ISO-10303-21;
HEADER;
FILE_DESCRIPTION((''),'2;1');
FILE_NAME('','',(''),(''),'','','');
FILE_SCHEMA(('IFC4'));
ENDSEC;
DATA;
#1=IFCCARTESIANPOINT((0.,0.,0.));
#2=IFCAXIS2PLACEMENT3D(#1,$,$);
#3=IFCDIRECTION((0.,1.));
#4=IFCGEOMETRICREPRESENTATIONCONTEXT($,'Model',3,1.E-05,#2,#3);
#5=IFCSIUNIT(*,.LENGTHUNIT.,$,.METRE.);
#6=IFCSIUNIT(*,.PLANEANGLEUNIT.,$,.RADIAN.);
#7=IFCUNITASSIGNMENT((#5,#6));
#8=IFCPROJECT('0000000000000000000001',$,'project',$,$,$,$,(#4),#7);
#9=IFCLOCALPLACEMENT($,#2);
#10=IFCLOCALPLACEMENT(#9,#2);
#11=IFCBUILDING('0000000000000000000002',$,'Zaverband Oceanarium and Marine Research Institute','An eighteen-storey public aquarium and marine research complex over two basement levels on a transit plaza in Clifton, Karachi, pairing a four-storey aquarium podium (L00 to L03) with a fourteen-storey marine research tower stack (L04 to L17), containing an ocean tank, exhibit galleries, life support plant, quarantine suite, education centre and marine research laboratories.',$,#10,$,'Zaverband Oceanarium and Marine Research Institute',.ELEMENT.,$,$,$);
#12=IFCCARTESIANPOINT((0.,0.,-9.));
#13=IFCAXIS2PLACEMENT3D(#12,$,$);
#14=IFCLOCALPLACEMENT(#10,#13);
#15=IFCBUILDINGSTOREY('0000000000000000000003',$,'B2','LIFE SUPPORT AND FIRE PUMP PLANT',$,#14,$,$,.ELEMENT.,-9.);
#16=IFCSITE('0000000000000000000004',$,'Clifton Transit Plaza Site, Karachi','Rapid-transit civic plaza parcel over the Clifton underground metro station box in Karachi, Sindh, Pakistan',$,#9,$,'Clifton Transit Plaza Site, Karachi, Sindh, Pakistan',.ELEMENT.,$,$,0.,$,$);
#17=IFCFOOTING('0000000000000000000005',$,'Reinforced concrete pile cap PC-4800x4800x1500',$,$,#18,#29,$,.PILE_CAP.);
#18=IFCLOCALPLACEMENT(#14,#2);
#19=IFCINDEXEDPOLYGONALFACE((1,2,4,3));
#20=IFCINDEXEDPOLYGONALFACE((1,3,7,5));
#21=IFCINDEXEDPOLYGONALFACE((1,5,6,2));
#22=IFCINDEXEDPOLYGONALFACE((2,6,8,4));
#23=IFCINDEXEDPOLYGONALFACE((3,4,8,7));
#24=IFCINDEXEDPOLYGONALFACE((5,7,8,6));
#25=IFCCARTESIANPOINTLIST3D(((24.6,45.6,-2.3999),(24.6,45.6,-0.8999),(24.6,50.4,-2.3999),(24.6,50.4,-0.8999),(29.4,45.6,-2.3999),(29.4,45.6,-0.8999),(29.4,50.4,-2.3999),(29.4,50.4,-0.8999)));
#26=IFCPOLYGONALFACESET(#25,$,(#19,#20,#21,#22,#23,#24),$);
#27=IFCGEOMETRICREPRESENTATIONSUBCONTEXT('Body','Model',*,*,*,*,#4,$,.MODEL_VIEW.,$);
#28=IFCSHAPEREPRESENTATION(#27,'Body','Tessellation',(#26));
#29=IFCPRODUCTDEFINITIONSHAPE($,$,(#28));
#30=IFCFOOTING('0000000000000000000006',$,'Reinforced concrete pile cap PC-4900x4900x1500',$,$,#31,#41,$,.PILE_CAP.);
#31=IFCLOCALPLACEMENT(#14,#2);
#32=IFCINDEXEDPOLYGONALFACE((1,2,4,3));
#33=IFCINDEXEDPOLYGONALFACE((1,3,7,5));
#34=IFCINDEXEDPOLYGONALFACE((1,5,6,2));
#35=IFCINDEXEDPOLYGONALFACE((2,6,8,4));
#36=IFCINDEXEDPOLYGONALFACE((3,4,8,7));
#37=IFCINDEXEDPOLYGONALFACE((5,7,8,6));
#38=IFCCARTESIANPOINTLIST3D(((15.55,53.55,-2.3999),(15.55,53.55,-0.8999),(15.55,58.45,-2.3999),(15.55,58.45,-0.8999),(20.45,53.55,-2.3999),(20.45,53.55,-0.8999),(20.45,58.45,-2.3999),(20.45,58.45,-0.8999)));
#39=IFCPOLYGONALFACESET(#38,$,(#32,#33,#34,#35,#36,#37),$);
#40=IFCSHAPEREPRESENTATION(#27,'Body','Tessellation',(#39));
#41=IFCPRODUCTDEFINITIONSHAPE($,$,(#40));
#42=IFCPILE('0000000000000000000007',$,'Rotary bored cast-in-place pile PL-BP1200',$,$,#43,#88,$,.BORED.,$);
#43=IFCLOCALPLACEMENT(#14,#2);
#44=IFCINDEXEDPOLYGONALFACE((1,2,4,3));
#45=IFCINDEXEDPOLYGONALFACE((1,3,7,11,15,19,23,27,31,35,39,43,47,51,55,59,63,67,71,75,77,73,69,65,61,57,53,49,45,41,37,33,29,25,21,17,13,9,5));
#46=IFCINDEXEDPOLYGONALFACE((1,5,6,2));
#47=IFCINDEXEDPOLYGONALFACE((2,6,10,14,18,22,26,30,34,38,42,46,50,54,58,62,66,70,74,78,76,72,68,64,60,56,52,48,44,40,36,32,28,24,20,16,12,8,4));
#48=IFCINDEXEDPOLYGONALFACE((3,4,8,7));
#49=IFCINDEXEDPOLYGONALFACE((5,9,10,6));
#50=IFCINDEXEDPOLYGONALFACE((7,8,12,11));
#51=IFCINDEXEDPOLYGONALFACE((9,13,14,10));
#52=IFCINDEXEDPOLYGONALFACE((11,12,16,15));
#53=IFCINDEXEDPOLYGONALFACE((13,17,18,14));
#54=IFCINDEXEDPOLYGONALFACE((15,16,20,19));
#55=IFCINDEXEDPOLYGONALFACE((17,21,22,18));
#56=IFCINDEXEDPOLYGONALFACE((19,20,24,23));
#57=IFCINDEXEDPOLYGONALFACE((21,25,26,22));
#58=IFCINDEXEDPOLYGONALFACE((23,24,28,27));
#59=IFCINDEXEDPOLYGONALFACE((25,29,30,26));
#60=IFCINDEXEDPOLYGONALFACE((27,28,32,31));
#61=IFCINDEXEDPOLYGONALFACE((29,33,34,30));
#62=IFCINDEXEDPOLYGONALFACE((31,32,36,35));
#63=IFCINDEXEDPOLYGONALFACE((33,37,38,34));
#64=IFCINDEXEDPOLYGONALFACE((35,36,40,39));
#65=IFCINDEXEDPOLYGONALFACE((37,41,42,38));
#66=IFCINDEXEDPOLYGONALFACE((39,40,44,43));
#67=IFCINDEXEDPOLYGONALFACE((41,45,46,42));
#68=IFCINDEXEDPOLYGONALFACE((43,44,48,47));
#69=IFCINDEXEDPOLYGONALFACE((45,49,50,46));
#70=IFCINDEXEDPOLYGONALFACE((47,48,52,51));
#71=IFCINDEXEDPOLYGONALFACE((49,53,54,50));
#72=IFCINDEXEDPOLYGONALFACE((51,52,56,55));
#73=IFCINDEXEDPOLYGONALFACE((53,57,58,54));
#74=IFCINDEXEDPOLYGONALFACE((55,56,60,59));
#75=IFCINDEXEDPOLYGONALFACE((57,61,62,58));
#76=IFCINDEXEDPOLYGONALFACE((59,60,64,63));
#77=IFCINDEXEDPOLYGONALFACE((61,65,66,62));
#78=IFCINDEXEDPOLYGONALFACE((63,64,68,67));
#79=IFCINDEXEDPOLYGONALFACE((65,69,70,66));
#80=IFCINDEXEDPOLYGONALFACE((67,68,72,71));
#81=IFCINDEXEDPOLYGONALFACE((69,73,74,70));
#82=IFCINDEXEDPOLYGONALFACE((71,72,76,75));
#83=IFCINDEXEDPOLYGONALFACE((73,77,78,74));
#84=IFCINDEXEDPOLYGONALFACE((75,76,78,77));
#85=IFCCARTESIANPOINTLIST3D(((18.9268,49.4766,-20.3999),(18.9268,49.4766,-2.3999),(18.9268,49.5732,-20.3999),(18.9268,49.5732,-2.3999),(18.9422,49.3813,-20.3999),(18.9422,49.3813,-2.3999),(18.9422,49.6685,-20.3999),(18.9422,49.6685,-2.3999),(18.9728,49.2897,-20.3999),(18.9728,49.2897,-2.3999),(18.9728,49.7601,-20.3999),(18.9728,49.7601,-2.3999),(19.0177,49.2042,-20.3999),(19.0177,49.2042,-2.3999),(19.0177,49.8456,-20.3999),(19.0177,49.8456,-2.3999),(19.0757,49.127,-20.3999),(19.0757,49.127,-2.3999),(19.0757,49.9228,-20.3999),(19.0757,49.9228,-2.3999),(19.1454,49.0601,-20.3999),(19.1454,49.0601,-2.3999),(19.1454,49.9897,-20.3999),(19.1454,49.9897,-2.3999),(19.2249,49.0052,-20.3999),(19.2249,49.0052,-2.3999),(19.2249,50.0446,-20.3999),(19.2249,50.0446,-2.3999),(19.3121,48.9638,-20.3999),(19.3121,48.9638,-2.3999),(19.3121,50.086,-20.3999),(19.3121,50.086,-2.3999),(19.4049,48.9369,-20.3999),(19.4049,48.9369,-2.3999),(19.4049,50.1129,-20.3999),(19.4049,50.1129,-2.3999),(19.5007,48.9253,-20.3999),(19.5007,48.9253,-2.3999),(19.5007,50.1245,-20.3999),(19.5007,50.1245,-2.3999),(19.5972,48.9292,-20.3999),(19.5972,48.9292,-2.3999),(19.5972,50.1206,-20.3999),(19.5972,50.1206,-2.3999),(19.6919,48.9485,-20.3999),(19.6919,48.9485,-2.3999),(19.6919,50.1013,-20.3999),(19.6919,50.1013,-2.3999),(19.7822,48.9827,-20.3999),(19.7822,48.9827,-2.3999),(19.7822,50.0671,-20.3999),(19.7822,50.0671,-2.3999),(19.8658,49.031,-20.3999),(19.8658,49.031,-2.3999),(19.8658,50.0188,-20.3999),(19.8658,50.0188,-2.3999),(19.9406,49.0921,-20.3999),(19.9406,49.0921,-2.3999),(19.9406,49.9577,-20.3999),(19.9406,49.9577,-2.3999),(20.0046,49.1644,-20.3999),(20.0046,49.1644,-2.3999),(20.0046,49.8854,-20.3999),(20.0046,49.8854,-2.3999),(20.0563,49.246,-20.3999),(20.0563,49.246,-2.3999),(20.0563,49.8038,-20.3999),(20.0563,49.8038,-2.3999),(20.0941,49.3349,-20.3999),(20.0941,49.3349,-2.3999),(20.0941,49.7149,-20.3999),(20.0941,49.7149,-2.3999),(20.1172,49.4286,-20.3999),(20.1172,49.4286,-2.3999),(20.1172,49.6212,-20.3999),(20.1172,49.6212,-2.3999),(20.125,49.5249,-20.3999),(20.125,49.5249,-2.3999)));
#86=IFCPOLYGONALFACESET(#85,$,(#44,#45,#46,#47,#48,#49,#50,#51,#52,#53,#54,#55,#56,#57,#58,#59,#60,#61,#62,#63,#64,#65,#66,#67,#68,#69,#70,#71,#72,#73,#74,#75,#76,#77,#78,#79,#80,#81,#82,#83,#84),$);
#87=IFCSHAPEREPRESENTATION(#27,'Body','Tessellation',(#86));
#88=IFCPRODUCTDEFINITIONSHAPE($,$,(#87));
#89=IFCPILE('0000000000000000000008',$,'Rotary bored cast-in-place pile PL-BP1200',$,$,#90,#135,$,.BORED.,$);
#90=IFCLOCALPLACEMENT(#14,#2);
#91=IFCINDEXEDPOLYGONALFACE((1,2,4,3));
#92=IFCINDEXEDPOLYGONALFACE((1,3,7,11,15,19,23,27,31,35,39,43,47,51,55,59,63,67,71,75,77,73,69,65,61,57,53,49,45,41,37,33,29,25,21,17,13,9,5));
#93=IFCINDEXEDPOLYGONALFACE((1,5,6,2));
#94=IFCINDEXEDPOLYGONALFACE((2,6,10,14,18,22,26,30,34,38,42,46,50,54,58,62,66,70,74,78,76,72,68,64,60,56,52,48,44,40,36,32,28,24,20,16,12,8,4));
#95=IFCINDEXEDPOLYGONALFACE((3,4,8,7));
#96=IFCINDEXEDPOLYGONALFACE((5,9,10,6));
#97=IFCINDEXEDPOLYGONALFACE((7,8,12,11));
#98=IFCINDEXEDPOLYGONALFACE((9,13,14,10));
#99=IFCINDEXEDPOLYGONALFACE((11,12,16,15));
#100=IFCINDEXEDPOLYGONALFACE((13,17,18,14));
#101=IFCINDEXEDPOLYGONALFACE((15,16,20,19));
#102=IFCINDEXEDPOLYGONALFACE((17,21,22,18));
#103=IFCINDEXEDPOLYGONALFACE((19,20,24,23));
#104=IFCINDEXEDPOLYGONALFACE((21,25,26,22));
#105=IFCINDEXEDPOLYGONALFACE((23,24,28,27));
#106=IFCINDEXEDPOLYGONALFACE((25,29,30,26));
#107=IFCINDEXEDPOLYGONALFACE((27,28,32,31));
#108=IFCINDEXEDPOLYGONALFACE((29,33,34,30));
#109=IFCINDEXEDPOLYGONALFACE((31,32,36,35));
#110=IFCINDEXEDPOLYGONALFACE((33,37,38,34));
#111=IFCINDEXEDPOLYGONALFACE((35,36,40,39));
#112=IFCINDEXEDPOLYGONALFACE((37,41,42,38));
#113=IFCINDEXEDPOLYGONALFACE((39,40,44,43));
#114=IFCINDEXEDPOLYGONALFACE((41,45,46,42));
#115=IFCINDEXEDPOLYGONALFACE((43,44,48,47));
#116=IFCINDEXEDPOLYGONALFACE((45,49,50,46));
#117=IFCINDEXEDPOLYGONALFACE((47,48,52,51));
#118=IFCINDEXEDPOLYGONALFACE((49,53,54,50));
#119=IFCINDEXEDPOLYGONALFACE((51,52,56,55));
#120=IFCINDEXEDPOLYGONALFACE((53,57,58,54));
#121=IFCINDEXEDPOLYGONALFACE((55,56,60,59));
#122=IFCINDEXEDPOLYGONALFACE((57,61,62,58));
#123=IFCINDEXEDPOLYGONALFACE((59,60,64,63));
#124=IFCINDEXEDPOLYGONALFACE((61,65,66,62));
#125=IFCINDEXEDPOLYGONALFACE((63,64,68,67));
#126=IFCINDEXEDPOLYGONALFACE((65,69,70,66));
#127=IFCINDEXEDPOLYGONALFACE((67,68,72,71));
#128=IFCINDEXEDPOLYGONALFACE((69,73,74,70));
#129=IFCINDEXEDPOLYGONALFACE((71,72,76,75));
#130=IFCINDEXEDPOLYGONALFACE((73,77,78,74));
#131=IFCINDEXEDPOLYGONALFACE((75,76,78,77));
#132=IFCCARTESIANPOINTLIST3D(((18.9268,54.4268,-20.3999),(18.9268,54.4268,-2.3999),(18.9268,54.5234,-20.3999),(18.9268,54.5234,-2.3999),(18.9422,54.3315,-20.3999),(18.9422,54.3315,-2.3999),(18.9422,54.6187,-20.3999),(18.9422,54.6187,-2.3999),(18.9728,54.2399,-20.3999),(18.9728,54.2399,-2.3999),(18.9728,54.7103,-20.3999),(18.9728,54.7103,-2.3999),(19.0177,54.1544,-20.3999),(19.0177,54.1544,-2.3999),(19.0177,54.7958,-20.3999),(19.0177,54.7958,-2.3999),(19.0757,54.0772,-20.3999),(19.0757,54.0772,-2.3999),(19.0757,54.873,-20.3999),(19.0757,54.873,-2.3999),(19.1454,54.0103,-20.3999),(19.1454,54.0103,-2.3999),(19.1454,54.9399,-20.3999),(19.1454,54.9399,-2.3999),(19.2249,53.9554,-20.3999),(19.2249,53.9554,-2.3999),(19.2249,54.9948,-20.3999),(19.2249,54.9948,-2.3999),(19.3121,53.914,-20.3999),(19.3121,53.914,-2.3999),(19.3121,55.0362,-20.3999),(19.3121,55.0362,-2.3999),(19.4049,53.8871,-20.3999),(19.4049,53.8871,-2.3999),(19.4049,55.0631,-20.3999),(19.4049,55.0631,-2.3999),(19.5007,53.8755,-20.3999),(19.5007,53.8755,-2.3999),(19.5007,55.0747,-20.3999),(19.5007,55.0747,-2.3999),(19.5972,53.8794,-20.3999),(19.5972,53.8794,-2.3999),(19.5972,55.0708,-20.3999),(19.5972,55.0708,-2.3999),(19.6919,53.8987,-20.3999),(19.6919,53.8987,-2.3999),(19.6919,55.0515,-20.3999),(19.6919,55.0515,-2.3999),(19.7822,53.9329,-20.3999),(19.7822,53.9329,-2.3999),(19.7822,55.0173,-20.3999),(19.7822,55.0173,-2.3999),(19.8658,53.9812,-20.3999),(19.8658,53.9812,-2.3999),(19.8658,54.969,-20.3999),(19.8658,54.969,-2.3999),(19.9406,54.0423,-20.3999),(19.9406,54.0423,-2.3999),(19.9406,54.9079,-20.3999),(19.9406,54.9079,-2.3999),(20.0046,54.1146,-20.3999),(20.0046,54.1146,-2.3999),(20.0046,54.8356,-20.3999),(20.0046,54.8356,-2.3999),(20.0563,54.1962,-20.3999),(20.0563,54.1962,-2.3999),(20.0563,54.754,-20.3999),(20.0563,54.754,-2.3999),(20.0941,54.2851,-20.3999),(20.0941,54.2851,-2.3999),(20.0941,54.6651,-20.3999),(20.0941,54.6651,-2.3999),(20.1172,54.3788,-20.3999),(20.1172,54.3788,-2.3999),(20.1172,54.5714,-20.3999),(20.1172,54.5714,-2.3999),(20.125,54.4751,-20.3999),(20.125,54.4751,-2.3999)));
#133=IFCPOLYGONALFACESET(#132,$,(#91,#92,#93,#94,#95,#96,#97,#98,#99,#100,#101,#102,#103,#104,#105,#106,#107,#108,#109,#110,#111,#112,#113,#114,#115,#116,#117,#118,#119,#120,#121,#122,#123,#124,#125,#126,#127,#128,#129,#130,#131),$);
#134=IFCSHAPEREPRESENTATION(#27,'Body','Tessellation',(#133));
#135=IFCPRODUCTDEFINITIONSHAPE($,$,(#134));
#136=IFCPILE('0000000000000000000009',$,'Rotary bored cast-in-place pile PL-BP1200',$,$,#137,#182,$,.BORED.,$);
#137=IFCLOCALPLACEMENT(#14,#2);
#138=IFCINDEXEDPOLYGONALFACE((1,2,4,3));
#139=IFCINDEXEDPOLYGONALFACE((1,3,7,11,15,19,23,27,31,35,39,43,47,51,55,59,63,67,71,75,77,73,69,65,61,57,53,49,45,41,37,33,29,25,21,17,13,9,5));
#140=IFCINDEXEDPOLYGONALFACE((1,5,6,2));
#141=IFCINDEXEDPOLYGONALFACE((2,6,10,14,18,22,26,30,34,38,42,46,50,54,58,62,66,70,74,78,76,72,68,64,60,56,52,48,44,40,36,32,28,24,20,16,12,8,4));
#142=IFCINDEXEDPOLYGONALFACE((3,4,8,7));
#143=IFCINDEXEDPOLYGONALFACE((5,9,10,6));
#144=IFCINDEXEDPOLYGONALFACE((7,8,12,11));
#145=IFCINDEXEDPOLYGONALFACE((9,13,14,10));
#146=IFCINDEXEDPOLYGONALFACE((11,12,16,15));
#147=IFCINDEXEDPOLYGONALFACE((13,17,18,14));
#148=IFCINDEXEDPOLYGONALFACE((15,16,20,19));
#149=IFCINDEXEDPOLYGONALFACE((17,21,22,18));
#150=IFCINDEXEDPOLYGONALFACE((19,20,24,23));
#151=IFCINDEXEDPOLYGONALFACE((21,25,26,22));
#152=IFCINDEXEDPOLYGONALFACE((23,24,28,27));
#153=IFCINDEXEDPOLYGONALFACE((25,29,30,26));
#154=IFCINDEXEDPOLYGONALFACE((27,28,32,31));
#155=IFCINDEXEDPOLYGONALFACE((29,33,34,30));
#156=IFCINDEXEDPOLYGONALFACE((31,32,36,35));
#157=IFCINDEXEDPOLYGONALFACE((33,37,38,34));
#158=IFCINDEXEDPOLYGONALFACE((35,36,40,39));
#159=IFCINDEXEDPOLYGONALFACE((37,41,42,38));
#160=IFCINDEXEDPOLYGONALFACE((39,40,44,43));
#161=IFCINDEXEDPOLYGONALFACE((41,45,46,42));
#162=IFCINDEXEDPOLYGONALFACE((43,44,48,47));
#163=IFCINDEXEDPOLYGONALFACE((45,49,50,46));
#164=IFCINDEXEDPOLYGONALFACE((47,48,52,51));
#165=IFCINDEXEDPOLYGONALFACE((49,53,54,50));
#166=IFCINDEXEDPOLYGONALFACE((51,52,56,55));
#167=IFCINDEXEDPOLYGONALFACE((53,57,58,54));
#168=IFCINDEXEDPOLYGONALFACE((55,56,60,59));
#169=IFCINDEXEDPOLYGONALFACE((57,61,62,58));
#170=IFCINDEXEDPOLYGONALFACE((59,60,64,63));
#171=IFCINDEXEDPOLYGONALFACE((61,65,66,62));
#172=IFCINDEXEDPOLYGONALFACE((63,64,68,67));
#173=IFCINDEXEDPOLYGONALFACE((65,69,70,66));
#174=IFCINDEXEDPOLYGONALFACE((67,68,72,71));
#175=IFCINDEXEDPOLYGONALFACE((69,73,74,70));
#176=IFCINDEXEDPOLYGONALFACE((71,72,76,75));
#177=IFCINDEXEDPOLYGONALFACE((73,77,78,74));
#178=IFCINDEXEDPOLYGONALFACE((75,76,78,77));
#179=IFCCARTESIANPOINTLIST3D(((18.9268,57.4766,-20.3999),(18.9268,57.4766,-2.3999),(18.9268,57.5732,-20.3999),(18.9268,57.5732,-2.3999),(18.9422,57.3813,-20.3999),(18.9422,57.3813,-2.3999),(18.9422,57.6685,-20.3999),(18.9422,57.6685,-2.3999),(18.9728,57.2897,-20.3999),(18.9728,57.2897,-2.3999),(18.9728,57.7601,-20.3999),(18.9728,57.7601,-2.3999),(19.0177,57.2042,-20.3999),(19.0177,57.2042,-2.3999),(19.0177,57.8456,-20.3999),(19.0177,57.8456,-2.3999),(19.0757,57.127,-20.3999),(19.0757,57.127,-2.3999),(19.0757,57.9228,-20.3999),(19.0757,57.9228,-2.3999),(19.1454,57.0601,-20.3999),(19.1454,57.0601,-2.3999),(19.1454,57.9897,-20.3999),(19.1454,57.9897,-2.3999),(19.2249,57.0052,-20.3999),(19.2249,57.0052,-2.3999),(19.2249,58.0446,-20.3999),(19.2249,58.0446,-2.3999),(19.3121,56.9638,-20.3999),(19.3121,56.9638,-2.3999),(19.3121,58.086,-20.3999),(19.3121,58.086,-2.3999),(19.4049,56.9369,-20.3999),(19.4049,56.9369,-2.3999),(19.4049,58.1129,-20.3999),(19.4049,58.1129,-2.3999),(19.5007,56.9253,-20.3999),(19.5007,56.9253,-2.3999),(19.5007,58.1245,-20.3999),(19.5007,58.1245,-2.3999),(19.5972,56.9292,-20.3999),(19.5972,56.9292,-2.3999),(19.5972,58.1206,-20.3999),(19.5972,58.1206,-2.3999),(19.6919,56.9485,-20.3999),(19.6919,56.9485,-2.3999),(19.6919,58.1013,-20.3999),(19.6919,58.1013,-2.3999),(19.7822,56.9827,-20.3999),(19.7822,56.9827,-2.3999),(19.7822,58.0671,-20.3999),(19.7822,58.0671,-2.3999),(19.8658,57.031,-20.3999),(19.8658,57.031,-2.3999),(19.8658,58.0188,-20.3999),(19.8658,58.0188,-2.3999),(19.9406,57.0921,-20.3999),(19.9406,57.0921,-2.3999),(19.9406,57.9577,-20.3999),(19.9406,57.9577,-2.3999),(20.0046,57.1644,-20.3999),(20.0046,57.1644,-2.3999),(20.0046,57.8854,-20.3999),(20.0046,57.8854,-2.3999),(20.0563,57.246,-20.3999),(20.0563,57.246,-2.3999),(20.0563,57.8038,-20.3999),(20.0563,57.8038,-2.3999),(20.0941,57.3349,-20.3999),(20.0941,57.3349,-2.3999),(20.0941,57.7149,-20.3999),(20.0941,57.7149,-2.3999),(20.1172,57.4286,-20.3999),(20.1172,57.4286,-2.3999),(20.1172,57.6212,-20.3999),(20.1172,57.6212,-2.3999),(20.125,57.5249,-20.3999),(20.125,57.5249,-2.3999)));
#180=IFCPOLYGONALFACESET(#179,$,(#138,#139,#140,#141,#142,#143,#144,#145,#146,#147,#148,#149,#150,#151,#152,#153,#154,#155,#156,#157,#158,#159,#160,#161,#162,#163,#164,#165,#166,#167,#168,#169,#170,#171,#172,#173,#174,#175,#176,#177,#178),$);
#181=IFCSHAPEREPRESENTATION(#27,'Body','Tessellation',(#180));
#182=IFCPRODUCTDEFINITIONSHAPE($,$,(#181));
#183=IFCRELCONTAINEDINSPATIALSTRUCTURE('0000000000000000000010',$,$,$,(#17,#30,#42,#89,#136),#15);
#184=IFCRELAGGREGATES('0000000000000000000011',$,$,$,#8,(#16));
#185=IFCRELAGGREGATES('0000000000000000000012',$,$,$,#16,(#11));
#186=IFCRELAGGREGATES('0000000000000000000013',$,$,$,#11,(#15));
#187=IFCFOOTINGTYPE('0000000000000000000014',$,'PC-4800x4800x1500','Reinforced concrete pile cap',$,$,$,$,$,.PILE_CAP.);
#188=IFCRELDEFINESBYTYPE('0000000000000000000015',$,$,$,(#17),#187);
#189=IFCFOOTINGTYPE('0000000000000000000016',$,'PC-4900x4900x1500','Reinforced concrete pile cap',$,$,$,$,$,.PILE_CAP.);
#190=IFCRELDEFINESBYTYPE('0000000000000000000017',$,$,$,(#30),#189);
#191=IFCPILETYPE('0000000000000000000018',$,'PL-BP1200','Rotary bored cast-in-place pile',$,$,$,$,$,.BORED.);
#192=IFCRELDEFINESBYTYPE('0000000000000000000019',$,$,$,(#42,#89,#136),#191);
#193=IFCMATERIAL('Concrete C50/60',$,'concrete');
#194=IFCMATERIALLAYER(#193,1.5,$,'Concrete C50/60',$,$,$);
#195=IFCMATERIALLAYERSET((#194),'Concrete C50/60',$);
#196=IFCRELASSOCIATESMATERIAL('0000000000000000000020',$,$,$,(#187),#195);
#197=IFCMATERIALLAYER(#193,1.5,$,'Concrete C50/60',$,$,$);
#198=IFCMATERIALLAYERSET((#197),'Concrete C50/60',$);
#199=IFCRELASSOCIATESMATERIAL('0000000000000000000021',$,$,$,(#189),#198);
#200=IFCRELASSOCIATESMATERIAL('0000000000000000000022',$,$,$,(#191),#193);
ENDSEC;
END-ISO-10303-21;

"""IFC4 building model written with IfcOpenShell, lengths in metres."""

from ifc_helpers import new_model, si_unit, direction, frame, origin, origin_2d, place, context, subcontext, project, spatial, rectangle, circle, extrude, material, layer, layer_set, material_profile, profile_set, type_object, element, save


model = new_model("IFC4")

# Units and contexts
model_context = context("Model", 3, precision=1e-05, world=origin(), true_north=direction((0.0, 1.0)))
body_context = subcontext(model_context, "Body", "Model", "MODEL_VIEW")
ifc_project = project(units=[si_unit("LENGTHUNIT", "METRE"), si_unit("PLANEANGLEUNIT", "RADIAN")], contexts=[model_context])

# Site, building, storey
site_placement = place(None, origin())
site = spatial("IfcSite", under=ifc_project, at=site_placement, Name="Clifton Transit Plaza Site, Karachi", Description="Rapid-transit civic plaza parcel over the Clifton underground metro station box in Karachi, Sindh, Pakistan", LongName="Clifton Transit Plaza Site, Karachi, Sindh, Pakistan", CompositionType="ELEMENT", RefElevation=0.0)
building_placement = place(site_placement, origin())
building = spatial("IfcBuilding", under=site, at=building_placement, Name="Zaverband Oceanarium and Marine Research Institute", Description="An eighteen-storey public aquarium and marine research complex over two basement levels on a transit plaza in Clifton, Karachi, pairing a four-storey aquarium podium (L00 to L03) with a fourteen-storey marine research tower stack (L04 to L17), containing an ocean tank, exhibit galleries, life support plant, quarantine suite, education centre and marine research laboratories.", LongName="Zaverband Oceanarium and Marine Research Institute", CompositionType="ELEMENT")
storey_placement = place(building_placement, frame((0.0, 0.0, -9.0)))
storey = spatial("IfcBuildingStorey", under=building, at=storey_placement, Name="B2", Description="LIFE SUPPORT AND FIRE PUMP PLANT", CompositionType="ELEMENT", Elevation=-9.0)

# Footings
ifc_material_1 = material(Name="Concrete C50/60", Category="concrete")
ifc_layer_1 = layer(ifc_material_1, 1.5, Name="Concrete C50/60")
ifc_layer_set_1 = layer_set([ifc_layer_1], Name="Concrete C50/60")
footing_type_1 = type_object("IfcFootingType", Name="PC-4800x4800x1500", Description="Reinforced concrete pile cap", PredefinedType="PILE_CAP", material=ifc_layer_set_1)
footing_1_placement = place(storey_placement, frame((27.0, 48.0, -2.3999), z_axis=(0.0, 0.0, 1.0), x_axis=(1.0, 0.0, 0.0)))
element("IfcFooting", 1, at=footing_1_placement, inside=storey, type_object=footing_type_1, Name="Reinforced concrete pile cap PC-4800x4800x1500", PredefinedType="PILE_CAP", context=body_context, shape_type="SweptSolid", body=[
    extrude(rectangle(XDim=4.8, YDim=4.8, at=origin_2d()), origin(), (0.0, 0.0, 1.0), 1.5),
])
ifc_layer_2 = layer(ifc_material_1, 1.5, Name="Concrete C50/60")
ifc_layer_set_2 = layer_set([ifc_layer_2], Name="Concrete C50/60")
footing_type_2 = type_object("IfcFootingType", Name="PC-4900x4900x1500", Description="Reinforced concrete pile cap", PredefinedType="PILE_CAP", material=ifc_layer_set_2)
footing_2_placement = place(storey_placement, frame((18.0, 56.0, -2.3999), z_axis=(0.0, 0.0, 1.0), x_axis=(1.0, 0.0, 0.0)))
element("IfcFooting", 2, at=footing_2_placement, inside=storey, type_object=footing_type_2, Name="Reinforced concrete pile cap PC-4900x4900x1500", PredefinedType="PILE_CAP", context=body_context, shape_type="SweptSolid", body=[
    extrude(rectangle(XDim=4.8999, YDim=4.8999, at=origin_2d()), origin(), (0.0, 0.0, 1.0), 1.5),
])

# Piles
ifc_material_profile_1 = material_profile(ifc_material_1, circle(Radius=0.6001, at=origin_2d()), Name="BP1200")
ifc_profile_set_1 = profile_set([ifc_material_profile_1], Name="Concrete C50/60")
pile_type = type_object("IfcPileType", Name="PL-BP1200", Description="Rotary bored cast-in-place pile", PredefinedType="BORED", material=ifc_profile_set_1)
for number, where, z_axis, x_axis, name in (
    (3, (19.5249, 49.5249, -2.3999), (0.0, 0.0, -1.0), (1.0, 0.0, 0.0), "Rotary bored cast-in-place pile PL-BP1200"),
    (4, (19.5249, 54.4751, -2.3999), (0.0, 0.0, -1.0), (1.0, 0.0, 0.0), "Rotary bored cast-in-place pile PL-BP1200"),
    (5, (19.5249, 57.5249, -2.3999), (0.0, 0.0, -1.0), (1.0, 0.0, 0.0), "Rotary bored cast-in-place pile PL-BP1200"),
):
    element("IfcPile", number, at=place(storey_placement, frame(where, z_axis=z_axis, x_axis=x_axis)), inside=storey, type_object=pile_type, Name=name, PredefinedType="BORED", context=body_context, shape_type="SweptSolid", body=[
        extrude(circle(Radius=0.6001, at=origin_2d()), origin(), (0.0, 0.0, 1.0), 18.0),
    ])

save(model, "model.ifc")
